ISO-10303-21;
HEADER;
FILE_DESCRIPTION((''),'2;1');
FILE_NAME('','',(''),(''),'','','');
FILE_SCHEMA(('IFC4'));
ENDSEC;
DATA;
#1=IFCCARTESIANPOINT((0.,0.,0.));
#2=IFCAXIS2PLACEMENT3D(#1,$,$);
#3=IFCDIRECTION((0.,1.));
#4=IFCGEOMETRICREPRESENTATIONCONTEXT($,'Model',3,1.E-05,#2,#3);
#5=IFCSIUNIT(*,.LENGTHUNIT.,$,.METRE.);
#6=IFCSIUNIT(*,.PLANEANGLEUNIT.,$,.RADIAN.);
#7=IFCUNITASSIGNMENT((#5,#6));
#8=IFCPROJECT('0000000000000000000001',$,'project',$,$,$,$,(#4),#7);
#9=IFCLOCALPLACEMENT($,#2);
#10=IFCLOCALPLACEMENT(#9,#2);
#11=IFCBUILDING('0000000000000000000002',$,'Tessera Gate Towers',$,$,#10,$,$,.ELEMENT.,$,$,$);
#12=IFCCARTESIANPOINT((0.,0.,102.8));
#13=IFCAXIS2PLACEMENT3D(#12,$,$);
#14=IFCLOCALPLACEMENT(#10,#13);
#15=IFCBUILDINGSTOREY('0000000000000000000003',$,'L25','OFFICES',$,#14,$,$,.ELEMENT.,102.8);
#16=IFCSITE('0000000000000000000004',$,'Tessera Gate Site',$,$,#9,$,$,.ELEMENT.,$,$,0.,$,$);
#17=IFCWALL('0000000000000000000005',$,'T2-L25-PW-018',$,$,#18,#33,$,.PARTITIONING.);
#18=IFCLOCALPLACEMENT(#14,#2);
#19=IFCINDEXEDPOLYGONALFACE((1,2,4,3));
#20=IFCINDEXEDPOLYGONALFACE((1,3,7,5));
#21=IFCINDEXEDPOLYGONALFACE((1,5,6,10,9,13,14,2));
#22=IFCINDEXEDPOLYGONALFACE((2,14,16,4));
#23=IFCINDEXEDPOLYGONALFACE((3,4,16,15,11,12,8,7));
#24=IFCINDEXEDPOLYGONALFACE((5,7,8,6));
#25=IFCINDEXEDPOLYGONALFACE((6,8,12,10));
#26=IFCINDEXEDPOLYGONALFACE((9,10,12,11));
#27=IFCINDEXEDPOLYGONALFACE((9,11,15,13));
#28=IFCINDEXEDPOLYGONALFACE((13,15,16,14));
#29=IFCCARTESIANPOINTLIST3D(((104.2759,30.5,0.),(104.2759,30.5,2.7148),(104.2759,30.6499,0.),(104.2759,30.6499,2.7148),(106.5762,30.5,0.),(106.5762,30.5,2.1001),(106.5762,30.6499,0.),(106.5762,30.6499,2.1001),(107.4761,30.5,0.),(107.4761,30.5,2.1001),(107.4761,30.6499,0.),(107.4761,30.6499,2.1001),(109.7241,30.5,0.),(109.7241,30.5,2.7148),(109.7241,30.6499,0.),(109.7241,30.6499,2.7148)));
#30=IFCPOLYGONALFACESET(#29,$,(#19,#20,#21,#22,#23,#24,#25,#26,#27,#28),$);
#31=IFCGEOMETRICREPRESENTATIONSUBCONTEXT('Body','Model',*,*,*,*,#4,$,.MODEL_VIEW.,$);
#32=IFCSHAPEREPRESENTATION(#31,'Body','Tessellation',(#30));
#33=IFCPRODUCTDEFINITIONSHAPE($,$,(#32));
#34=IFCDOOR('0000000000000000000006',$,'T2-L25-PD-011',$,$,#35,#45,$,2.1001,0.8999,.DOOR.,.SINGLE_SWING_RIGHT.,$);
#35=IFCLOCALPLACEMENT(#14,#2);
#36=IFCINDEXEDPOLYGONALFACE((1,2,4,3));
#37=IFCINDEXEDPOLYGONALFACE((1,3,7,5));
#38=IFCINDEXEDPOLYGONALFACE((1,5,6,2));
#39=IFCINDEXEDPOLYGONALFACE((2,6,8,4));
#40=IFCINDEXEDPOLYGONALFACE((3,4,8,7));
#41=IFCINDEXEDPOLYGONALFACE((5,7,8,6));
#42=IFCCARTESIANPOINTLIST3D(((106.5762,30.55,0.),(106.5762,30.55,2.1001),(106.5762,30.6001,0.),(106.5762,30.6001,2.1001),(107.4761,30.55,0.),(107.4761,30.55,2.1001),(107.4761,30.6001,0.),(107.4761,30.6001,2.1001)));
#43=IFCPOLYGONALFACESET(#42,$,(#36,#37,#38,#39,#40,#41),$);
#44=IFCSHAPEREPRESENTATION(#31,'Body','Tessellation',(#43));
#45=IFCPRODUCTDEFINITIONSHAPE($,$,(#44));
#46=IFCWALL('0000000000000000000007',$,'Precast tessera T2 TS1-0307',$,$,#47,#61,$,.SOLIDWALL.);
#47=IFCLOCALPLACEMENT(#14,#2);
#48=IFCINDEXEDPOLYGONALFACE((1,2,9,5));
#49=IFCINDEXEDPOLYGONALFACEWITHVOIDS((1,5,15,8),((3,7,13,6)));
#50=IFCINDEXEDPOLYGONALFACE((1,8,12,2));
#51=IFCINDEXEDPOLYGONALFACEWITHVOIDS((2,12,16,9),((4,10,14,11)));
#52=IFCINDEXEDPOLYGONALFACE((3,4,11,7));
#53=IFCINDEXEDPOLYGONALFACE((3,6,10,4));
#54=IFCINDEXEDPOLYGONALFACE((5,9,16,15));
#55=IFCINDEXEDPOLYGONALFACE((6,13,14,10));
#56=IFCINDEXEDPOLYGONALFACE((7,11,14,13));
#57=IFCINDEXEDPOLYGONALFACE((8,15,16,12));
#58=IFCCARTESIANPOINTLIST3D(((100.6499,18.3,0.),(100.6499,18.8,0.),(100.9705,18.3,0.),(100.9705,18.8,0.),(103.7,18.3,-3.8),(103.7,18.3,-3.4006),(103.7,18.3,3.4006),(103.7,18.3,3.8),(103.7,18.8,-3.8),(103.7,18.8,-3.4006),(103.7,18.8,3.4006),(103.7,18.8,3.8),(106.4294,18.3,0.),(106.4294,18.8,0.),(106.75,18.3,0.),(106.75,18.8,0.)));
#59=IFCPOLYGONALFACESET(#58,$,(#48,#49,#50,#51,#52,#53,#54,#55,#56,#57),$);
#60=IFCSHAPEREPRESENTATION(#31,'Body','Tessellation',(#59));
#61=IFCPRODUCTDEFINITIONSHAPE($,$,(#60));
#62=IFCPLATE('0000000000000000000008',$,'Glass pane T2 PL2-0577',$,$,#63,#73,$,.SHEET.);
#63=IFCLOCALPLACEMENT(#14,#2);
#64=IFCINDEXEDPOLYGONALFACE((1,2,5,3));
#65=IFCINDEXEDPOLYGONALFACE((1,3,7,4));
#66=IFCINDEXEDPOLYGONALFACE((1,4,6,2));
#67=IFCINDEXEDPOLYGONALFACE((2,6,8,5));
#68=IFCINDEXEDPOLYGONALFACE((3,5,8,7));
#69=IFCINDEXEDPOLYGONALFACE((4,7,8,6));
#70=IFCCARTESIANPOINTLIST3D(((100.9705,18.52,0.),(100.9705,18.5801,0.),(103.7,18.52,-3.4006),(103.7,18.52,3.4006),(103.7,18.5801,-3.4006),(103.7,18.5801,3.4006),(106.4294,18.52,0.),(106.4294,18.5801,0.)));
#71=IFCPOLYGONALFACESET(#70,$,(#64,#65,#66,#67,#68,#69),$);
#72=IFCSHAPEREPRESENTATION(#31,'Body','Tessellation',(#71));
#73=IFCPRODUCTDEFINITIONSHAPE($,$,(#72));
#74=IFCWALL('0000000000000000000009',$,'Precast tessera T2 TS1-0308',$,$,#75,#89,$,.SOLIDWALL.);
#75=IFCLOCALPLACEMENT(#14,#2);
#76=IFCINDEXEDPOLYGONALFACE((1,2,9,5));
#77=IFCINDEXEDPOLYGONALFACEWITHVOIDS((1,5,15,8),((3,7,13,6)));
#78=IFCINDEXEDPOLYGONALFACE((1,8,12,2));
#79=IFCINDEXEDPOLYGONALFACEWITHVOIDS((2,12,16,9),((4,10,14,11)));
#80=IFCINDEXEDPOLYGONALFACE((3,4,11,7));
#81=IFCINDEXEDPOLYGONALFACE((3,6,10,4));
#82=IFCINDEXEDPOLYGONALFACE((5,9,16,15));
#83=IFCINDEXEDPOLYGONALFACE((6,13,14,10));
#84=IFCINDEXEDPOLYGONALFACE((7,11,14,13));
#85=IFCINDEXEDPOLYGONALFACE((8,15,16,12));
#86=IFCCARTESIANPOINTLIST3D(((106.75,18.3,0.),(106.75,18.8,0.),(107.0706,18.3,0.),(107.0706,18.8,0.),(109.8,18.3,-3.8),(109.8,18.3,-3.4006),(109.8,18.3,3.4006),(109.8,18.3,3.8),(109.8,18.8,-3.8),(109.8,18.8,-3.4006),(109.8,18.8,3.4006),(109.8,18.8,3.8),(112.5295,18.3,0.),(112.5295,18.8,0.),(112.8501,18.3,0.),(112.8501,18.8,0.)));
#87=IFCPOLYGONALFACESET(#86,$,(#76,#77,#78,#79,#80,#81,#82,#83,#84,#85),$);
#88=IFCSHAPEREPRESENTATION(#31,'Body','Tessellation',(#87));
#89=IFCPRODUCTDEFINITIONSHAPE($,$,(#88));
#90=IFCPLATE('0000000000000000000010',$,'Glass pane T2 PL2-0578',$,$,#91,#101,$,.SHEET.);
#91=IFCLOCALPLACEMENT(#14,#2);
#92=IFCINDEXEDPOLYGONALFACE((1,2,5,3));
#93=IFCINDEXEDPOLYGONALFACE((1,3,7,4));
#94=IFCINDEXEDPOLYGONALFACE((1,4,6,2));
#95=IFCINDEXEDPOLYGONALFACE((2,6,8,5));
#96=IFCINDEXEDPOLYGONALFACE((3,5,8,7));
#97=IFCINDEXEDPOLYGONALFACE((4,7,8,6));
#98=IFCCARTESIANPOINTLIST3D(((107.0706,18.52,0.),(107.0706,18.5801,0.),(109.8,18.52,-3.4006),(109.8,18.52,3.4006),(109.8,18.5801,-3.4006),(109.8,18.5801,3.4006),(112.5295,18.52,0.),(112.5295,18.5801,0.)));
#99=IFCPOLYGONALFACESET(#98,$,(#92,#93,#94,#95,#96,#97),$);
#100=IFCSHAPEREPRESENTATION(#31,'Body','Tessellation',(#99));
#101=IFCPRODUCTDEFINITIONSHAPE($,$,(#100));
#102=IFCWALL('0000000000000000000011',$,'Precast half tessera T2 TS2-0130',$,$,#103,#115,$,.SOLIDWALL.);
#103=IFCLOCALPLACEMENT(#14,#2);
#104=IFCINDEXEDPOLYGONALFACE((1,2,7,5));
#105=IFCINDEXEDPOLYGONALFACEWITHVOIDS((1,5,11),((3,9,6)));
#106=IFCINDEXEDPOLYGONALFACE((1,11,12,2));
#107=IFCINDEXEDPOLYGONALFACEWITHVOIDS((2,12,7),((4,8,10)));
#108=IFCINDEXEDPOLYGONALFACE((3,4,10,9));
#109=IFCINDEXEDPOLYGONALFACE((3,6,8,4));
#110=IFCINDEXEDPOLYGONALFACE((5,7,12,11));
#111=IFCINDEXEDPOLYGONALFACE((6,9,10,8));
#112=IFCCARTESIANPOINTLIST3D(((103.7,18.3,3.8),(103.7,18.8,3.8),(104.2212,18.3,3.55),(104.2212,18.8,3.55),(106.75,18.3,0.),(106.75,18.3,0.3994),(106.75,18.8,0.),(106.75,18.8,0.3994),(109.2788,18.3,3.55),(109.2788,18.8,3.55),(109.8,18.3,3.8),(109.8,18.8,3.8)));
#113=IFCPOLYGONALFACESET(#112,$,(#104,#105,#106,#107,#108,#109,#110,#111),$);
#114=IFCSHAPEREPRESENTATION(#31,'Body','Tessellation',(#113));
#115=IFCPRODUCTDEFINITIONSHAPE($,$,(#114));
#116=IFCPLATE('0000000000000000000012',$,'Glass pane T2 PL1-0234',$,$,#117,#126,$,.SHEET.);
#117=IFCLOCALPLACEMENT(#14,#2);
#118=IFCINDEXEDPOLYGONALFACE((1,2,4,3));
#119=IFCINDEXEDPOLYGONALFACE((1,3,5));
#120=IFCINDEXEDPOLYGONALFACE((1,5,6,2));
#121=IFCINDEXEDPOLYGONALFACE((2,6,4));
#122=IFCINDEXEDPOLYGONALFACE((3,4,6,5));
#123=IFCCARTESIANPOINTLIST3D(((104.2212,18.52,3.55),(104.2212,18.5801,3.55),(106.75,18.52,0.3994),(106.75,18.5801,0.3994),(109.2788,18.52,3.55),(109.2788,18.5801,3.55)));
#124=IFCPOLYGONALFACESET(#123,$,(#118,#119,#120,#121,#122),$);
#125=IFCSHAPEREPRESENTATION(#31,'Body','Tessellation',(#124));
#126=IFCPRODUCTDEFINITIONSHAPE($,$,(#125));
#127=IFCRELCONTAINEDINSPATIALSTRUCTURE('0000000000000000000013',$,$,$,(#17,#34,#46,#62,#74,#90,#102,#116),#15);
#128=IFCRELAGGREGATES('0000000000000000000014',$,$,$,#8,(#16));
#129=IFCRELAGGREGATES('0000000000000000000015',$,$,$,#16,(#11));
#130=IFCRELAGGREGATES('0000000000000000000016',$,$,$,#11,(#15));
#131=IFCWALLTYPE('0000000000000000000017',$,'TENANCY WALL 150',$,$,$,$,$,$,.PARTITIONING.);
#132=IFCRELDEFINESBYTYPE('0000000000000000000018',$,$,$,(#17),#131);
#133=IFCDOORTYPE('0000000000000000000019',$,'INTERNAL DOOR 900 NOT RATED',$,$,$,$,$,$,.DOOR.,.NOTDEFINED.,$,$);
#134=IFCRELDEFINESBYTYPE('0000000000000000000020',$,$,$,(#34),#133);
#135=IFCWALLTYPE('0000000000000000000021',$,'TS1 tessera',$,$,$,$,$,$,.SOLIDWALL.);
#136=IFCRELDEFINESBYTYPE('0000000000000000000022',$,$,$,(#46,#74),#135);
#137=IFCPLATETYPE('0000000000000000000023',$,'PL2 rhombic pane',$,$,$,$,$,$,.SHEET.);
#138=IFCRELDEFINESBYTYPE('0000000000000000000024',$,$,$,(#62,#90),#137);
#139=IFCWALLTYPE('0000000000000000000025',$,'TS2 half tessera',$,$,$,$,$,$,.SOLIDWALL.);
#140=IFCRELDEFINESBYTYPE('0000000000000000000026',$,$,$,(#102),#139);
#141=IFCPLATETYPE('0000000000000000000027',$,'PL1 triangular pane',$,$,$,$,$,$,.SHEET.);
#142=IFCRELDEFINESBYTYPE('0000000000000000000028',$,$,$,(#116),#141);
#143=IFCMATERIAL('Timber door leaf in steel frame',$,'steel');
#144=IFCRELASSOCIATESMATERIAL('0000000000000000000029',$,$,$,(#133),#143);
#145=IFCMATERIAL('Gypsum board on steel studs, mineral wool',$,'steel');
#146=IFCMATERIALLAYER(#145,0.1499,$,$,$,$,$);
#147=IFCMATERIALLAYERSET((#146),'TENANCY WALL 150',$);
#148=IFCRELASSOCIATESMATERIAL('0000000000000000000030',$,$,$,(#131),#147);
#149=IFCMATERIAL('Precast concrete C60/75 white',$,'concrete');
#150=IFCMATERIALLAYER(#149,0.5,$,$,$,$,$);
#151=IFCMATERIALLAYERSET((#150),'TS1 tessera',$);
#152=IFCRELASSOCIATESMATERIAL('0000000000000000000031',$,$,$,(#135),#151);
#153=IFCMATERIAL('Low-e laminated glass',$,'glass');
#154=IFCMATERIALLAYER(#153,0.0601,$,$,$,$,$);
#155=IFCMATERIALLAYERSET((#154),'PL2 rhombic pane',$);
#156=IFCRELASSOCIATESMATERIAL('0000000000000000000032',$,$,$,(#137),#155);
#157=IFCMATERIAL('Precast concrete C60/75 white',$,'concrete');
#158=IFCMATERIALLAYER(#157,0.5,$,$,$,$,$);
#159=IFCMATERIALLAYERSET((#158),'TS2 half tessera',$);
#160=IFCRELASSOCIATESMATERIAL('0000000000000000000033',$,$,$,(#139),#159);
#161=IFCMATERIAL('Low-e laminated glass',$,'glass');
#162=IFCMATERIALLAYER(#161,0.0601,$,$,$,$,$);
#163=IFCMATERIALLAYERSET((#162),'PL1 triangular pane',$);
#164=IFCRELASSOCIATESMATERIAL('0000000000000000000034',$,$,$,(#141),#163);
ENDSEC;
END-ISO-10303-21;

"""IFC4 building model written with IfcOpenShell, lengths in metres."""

from ifc_helpers import new_model, si_unit, direction, frame, frame_2d, origin, place, context, subcontext, project, spatial, polyline, rectangle, outline, extrude, source, transform, mapped, material, layer, layer_set, type_object, element, fill, save


model = new_model("IFC4")

# Units and contexts
model_context = context("Model", 3, precision=1e-05, world=origin(), true_north=direction((0.0, 1.0)))
body_context = subcontext(model_context, "Body", "Model", "MODEL_VIEW")
ifc_project = project(units=[si_unit("LENGTHUNIT", "METRE"), si_unit("PLANEANGLEUNIT", "RADIAN")], contexts=[model_context])

# Site, building, storey
site_placement = place(None, origin())
site = spatial("IfcSite", under=ifc_project, at=site_placement, Name="Tessera Gate Site", CompositionType="ELEMENT", RefElevation=0.0)
building_placement = place(site_placement, origin())
building = spatial("IfcBuilding", under=site, at=building_placement, Name="Tessera Gate Towers", CompositionType="ELEMENT")
storey_placement = place(building_placement, frame((0.0, 0.0, 102.8)))
storey = spatial("IfcBuildingStorey", under=building, at=storey_placement, Name="L25", Description="OFFICES", CompositionType="ELEMENT", Elevation=102.8)

# Shared definitions
ifc_material_1 = material(Name="Timber door leaf in steel frame", Category="steel")
door_type_1 = type_object("IfcDoorType", Name="INTERNAL DOOR 900 NOT RATED", OperationType="NOTDEFINED", PredefinedType="DOOR", material=ifc_material_1)
shared_shape_1 = source(origin(), body_context, "Body", "SweptSolid", [
    extrude(rectangle(XDim=0.8999, YDim=2.1001, at=frame_2d((0.45, 1.05))), frame((0.0, 0.0249, 0.0), z_axis=(0.0, -1.0, 0.0), x_axis=(1.0, 0.0, 0.0)), (0.0, 0.0, 1.0), 0.05),
])

# Shared definitions
ifc_material_2 = material(Name="Gypsum board on steel studs, mineral wool", Category="steel")
ifc_layer_1 = layer(ifc_material_2, 0.1499)
ifc_layer_set_1 = layer_set([ifc_layer_1], Name="TENANCY WALL 150")
wall_type_1 = type_object("IfcWallType", Name="TENANCY WALL 150", PredefinedType="PARTITIONING", material=ifc_layer_set_1)

# Wall, opening, door
wall_1_placement = place(storey_placement, frame((109.7241, 30.575, 0.0), z_axis=(0.0, 0.0, 1.0), x_axis=(-1.0, 0.0, 0.0)))
wall_1 = element("IfcWall", 1, at=wall_1_placement, inside=storey, type_object=wall_type_1, Name="T2-L25-PW-018", PredefinedType="PARTITIONING", context=body_context, shape_type="SweptSolid", body=[
    extrude(rectangle(XDim=5.4482, YDim=0.1499, at=frame_2d((2.7241, 0.0))), origin(), (0.0, 0.0, 1.0), 2.7148),
])
shared_shape_2 = source(origin(), body_context, "Body", "SweptSolid", [
    extrude(rectangle(XDim=0.8999, YDim=2.1001, at=frame_2d((0.45, 1.05))), frame((0.0, 0.085, 0.0), z_axis=(0.0, -1.0, 0.0), x_axis=(1.0, 0.0, 0.0)), (0.0, 0.0, 1.0), 0.1699),
])
opening_1_placement = place(wall_1_placement, frame((2.248, 0.0, 0.0)))
opening_1 = element("IfcOpeningElement", 2, at=opening_1_placement, cuts=wall_1, PredefinedType="OPENING", context=body_context, shape_type="MappedRepresentation", body=[
    mapped(shared_shape_2, transform((0.0, 0.0, 0.0), scale=1.0)),
])
door_1_placement = place(opening_1_placement, origin())
door_1 = element("IfcDoor", 3, at=door_1_placement, inside=storey, type_object=door_type_1, Name="T2-L25-PD-011", OperationType="SINGLE_SWING_RIGHT", OverallHeight=2.1001, OverallWidth=0.8999, PredefinedType="DOOR", context=body_context, shape_type="MappedRepresentation", body=[
    mapped(shared_shape_1, transform((0.0, 0.0, 0.0), scale=1.0)),
])
fill(opening_1, door_1)

# Walls, openings, plates
ifc_material_3 = material(Name="Precast concrete C60/75 white", Category="concrete")
ifc_layer_2 = layer(ifc_material_3, 0.5)
ifc_layer_set_2 = layer_set([ifc_layer_2], Name="TS1 tessera")
wall_type_2 = type_object("IfcWallType", Name="TS1 tessera", PredefinedType="SOLIDWALL", material=ifc_layer_set_2)
shared_shape_3 = source(origin(), body_context, "Body", "SweptSolid", [
    extrude(outline(polyline([(3.05, 0.0), (6.1001, 3.8), (3.05, 7.6001), (0.0, 3.8), (3.05, 0.0)])), frame((0.0, 0.25, 0.0), z_axis=(0.0, -1.0, 0.0), x_axis=(1.0, 0.0, 0.0)), (0.0, 0.0, 1.0), 0.5),
])
wall_2_placement = place(storey_placement, frame((100.6499, 18.55, -3.8), z_axis=(0.0, 0.0, 1.0), x_axis=(1.0, 0.0, 0.0)))
wall_2 = element("IfcWall", 4, at=wall_2_placement, inside=storey, type_object=wall_type_2, Name="Precast tessera T2 TS1-0307", PredefinedType="SOLIDWALL", context=body_context, shape_type="MappedRepresentation", body=[
    mapped(shared_shape_3, transform((0.0, 0.0, 0.0), scale=1.0)),
])
shared_shape_4 = source(origin(), body_context, "Body", "SweptSolid", [
    extrude(outline(polyline([(3.05, 0.3994), (5.7795, 3.8), (3.05, 7.2007), (0.3206, 3.8), (3.05, 0.3994)])), frame((0.0, 0.26, 0.0), z_axis=(0.0, -1.0, 0.0), x_axis=(1.0, 0.0, 0.0)), (0.0, 0.0, 1.0), 0.52),
])
opening_2_placement = place(wall_2_placement, origin())
opening_2 = element("IfcOpeningElement", 5, at=opening_2_placement, cuts=wall_2, PredefinedType="OPENING", context=body_context, shape_type="MappedRepresentation", body=[
    mapped(shared_shape_4, transform((0.0, 0.0, 0.0), scale=1.0)),
])
ifc_material_4 = material(Name="Low-e laminated glass", Category="glass")
ifc_layer_3 = layer(ifc_material_4, 0.0601)
ifc_layer_set_3 = layer_set([ifc_layer_3], Name="PL2 rhombic pane")
plate_type_1 = type_object("IfcPlateType", Name="PL2 rhombic pane", PredefinedType="SHEET", material=ifc_layer_set_3)
shared_shape_5 = source(origin(), body_context, "Body", "SweptSolid", [
    extrude(outline(polyline([(3.05, 0.3994), (5.7795, 3.8), (3.05, 7.2007), (0.3206, 3.8), (3.05, 0.3994)])), frame((0.0, 0.03, 0.0), z_axis=(0.0, -1.0, 0.0), x_axis=(1.0, 0.0, 0.0)), (0.0, 0.0, 1.0), 0.0601),
])
plate_1_placement = place(opening_2_placement, origin())
plate_1 = element("IfcPlate", 6, at=plate_1_placement, inside=storey, type_object=plate_type_1, Name="Glass pane T2 PL2-0577", PredefinedType="SHEET", context=body_context, shape_type="MappedRepresentation", body=[
    mapped(shared_shape_5, transform((0.0, 0.0, 0.0), scale=1.0)),
])
fill(opening_2, plate_1)
wall_3_placement = place(storey_placement, frame((106.75, 18.55, -3.8), z_axis=(0.0, 0.0, 1.0), x_axis=(1.0, 0.0, 0.0)))
wall_3 = element("IfcWall", 7, at=wall_3_placement, inside=storey, type_object=wall_type_2, Name="Precast tessera T2 TS1-0308", PredefinedType="SOLIDWALL", context=body_context, shape_type="MappedRepresentation", body=[
    mapped(shared_shape_3, transform((0.0, 0.0, 0.0), scale=1.0)),
])
opening_3_placement = place(wall_3_placement, origin())
opening_3 = element("IfcOpeningElement", 8, at=opening_3_placement, cuts=wall_3, PredefinedType="OPENING", context=body_context, shape_type="MappedRepresentation", body=[
    mapped(shared_shape_4, transform((0.0, 0.0, 0.0), scale=1.0)),
])
plate_2_placement = place(opening_3_placement, origin())
plate_2 = element("IfcPlate", 9, at=plate_2_placement, inside=storey, type_object=plate_type_1, Name="Glass pane T2 PL2-0578", PredefinedType="SHEET", context=body_context, shape_type="MappedRepresentation", body=[
    mapped(shared_shape_5, transform((0.0, 0.0, 0.0), scale=1.0)),
])
fill(opening_3, plate_2)
ifc_material_5 = material(Name="Precast concrete C60/75 white", Category="concrete")
ifc_layer_4 = layer(ifc_material_5, 0.5)
ifc_layer_set_4 = layer_set([ifc_layer_4], Name="TS2 half tessera")
wall_type_3 = type_object("IfcWallType", Name="TS2 half tessera", PredefinedType="SOLIDWALL", material=ifc_layer_set_4)
shared_shape_6 = source(origin(), body_context, "Body", "SweptSolid", [
    extrude(outline(polyline([(3.05, 0.0), (6.1001, 3.8), (0.0, 3.8), (3.05, 0.0)])), frame((0.0, 0.25, 0.0), z_axis=(0.0, -1.0, 0.0), x_axis=(1.0, 0.0, 0.0)), (0.0, 0.0, 1.0), 0.5),
])
wall_4_placement = place(storey_placement, frame((103.7, 18.55, 0.0), z_axis=(0.0, 0.0, 1.0), x_axis=(1.0, 0.0, 0.0)))
wall_4 = element("IfcWall", 10, at=wall_4_placement, inside=storey, type_object=wall_type_3, Name="Precast half tessera T2 TS2-0130", PredefinedType="SOLIDWALL", context=body_context, shape_type="MappedRepresentation", body=[
    mapped(shared_shape_6, transform((0.0, 0.0, 0.0), scale=1.0)),
])
shared_shape_7 = source(origin(), body_context, "Body", "SweptSolid", [
    extrude(outline(polyline([(3.05, 0.3994), (5.5789, 3.55), (0.5212, 3.55), (3.05, 0.3994)])), frame((0.0, 0.26, 0.0), z_axis=(0.0, -1.0, 0.0), x_axis=(1.0, 0.0, 0.0)), (0.0, 0.0, 1.0), 0.52),
])
opening_4_placement = place(wall_4_placement, origin())
opening_4 = element("IfcOpeningElement", 11, at=opening_4_placement, cuts=wall_4, PredefinedType="OPENING", context=body_context, shape_type="MappedRepresentation", body=[
    mapped(shared_shape_7, transform((0.0, 0.0, 0.0), scale=1.0)),
])
ifc_material_6 = material(Name="Low-e laminated glass", Category="glass")
ifc_layer_5 = layer(ifc_material_6, 0.0601)
ifc_layer_set_5 = layer_set([ifc_layer_5], Name="PL1 triangular pane")
plate_type_2 = type_object("IfcPlateType", Name="PL1 triangular pane", PredefinedType="SHEET", material=ifc_layer_set_5)
shared_shape_8 = source(origin(), body_context, "Body", "SweptSolid", [
    extrude(outline(polyline([(3.05, 0.3994), (5.5789, 3.55), (0.5212, 3.55), (3.05, 0.3994)])), frame((0.0, 0.03, 0.0), z_axis=(0.0, -1.0, 0.0), x_axis=(1.0, 0.0, 0.0)), (0.0, 0.0, 1.0), 0.0601),
])
plate_3_placement = place(opening_4_placement, origin())
plate_3 = element("IfcPlate", 12, at=plate_3_placement, inside=storey, type_object=plate_type_2, Name="Glass pane T2 PL1-0234", PredefinedType="SHEET", context=body_context, shape_type="MappedRepresentation", body=[
    mapped(shared_shape_8, transform((0.0, 0.0, 0.0), scale=1.0)),
])
fill(opening_4, plate_3)

save(model, "model.ifc")
